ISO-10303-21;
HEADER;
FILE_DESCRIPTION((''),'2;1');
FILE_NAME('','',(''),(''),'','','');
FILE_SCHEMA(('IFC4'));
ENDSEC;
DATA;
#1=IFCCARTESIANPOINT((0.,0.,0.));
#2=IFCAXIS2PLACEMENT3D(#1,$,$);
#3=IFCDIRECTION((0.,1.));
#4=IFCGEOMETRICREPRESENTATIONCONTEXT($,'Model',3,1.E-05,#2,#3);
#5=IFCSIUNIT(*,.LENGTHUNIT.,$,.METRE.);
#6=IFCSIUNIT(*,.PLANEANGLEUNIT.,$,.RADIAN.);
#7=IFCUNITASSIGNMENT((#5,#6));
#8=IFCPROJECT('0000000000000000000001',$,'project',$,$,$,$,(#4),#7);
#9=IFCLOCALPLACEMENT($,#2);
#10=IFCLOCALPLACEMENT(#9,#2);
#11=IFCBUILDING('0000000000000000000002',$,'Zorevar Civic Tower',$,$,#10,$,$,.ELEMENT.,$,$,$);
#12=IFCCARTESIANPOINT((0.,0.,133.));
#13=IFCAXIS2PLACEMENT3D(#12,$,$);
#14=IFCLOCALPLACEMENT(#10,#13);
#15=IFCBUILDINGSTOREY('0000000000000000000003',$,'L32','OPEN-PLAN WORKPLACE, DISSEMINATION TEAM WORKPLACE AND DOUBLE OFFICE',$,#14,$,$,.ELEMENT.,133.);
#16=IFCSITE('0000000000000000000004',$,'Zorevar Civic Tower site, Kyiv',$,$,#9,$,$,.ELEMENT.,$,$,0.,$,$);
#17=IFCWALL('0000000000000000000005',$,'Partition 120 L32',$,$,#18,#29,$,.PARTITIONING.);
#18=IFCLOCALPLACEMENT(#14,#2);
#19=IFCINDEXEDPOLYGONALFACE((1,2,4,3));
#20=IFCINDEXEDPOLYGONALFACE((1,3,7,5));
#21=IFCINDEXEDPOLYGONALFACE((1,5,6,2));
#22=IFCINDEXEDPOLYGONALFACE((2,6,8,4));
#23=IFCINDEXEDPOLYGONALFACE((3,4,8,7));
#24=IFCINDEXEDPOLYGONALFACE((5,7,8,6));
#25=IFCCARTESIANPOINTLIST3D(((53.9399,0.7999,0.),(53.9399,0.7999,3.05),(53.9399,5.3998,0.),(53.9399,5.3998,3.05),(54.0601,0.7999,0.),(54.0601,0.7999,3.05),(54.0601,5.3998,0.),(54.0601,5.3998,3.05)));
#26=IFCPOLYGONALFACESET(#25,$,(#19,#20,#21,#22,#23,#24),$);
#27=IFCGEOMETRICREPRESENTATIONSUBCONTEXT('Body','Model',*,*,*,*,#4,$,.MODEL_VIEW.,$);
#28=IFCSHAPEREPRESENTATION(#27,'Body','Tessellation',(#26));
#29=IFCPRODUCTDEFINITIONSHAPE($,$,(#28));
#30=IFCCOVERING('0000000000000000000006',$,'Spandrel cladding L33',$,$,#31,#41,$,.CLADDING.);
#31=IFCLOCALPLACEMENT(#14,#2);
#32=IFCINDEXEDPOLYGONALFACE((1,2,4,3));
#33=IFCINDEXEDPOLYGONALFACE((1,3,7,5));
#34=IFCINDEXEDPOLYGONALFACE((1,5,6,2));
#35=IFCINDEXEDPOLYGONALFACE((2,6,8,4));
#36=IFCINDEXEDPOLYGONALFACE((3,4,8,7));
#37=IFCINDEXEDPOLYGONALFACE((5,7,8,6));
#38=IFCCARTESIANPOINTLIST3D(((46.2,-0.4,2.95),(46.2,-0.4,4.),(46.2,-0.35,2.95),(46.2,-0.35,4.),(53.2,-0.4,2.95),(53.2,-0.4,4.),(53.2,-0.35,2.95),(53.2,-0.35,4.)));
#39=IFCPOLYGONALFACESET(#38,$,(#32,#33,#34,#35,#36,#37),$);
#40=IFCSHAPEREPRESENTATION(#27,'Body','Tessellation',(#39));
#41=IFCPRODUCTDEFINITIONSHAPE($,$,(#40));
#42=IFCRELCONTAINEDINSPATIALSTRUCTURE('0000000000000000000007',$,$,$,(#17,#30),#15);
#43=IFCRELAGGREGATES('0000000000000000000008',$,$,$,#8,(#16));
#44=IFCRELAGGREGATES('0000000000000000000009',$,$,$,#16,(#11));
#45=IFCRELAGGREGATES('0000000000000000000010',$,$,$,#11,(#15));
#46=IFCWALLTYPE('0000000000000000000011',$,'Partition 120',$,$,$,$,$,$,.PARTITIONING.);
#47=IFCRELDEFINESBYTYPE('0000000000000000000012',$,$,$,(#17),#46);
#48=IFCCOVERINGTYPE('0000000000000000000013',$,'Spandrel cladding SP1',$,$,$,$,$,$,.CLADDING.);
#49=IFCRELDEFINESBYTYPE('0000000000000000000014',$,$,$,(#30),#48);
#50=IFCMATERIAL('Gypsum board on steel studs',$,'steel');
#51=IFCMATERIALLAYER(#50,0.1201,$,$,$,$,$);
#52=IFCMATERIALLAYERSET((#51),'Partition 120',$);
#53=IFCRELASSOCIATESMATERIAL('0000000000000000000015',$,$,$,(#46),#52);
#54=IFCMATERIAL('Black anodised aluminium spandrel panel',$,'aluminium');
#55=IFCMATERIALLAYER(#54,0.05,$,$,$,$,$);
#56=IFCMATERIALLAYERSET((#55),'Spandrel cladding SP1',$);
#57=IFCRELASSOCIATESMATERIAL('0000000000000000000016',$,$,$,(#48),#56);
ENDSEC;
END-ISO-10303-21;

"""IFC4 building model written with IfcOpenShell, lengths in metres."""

from ifc_helpers import new_model, si_unit, direction, frame, frame_2d, origin, place, context, subcontext, project, spatial, rectangle, extrude, material, layer, layer_set, type_object, element, save


model = new_model("IFC4")

# Units and contexts
model_context = context("Model", 3, precision=1e-05, world=origin(), true_north=direction((0.0, 1.0)))
body_context = subcontext(model_context, "Body", "Model", "MODEL_VIEW")
ifc_project = project(units=[si_unit("LENGTHUNIT", "METRE"), si_unit("PLANEANGLEUNIT", "RADIAN")], contexts=[model_context])

# Site, building, storey
site_placement = place(None, origin())
site = spatial("IfcSite", under=ifc_project, at=site_placement, Name="Zorevar Civic Tower site, Kyiv", CompositionType="ELEMENT", RefElevation=0.0)
building_placement = place(site_placement, origin())
building = spatial("IfcBuilding", under=site, at=building_placement, Name="Zorevar Civic Tower", CompositionType="ELEMENT")
storey_placement = place(building_placement, frame((0.0, 0.0, 133.0)))
storey = spatial("IfcBuildingStorey", under=building, at=storey_placement, Name="L32", Description="OPEN-PLAN WORKPLACE, DISSEMINATION TEAM WORKPLACE AND DOUBLE OFFICE", CompositionType="ELEMENT", Elevation=133.0)

# Shared definitions
ifc_material_1 = material(Name="Gypsum board on steel studs", Category="steel")
ifc_layer_1 = layer(ifc_material_1, 0.1201)
ifc_layer_set_1 = layer_set([ifc_layer_1], Name="Partition 120")
wall_type_1 = type_object("IfcWallType", Name="Partition 120", PredefinedType="PARTITIONING", material=ifc_layer_set_1)

# Wall
wall_1_placement = place(storey_placement, frame((54.0, 0.8, 0.0), z_axis=(0.0, 0.0, 1.0), x_axis=(0.0, 1.0, 0.0)))
element("IfcWall", 1, at=wall_1_placement, inside=storey, type_object=wall_type_1, Name="Partition 120 L32", PredefinedType="PARTITIONING", context=body_context, shape_type="SweptSolid", body=[
    extrude(rectangle(XDim=4.5999, YDim=0.1201, at=frame_2d((2.2998, 0.0))), origin(), (0.0, 0.0, 1.0), 3.05),
])

# Covering
ifc_material_2 = material(Name="Black anodised aluminium spandrel panel", Category="aluminium")
ifc_layer_2 = layer(ifc_material_2, 0.05)
ifc_layer_set_2 = layer_set([ifc_layer_2], Name="Spandrel cladding SP1")
covering_type = type_object("IfcCoveringType", Name="Spandrel cladding SP1", PredefinedType="CLADDING", material=ifc_layer_set_2)
covering_placement = place(storey_placement, frame((46.2, -0.375, 2.95), z_axis=(0.0, 0.0, 1.0), x_axis=(1.0, 0.0, 0.0)))
element("IfcCovering", 2, at=covering_placement, inside=storey, type_object=covering_type, Name="Spandrel cladding L33", PredefinedType="CLADDING", context=body_context, shape_type="SweptSolid", body=[
    extrude(rectangle(XDim=7.0, YDim=0.05, at=frame_2d((3.5, 0.0))), origin(), (0.0, 0.0, 1.0), 1.05),
])

save(model, "model.ifc")
